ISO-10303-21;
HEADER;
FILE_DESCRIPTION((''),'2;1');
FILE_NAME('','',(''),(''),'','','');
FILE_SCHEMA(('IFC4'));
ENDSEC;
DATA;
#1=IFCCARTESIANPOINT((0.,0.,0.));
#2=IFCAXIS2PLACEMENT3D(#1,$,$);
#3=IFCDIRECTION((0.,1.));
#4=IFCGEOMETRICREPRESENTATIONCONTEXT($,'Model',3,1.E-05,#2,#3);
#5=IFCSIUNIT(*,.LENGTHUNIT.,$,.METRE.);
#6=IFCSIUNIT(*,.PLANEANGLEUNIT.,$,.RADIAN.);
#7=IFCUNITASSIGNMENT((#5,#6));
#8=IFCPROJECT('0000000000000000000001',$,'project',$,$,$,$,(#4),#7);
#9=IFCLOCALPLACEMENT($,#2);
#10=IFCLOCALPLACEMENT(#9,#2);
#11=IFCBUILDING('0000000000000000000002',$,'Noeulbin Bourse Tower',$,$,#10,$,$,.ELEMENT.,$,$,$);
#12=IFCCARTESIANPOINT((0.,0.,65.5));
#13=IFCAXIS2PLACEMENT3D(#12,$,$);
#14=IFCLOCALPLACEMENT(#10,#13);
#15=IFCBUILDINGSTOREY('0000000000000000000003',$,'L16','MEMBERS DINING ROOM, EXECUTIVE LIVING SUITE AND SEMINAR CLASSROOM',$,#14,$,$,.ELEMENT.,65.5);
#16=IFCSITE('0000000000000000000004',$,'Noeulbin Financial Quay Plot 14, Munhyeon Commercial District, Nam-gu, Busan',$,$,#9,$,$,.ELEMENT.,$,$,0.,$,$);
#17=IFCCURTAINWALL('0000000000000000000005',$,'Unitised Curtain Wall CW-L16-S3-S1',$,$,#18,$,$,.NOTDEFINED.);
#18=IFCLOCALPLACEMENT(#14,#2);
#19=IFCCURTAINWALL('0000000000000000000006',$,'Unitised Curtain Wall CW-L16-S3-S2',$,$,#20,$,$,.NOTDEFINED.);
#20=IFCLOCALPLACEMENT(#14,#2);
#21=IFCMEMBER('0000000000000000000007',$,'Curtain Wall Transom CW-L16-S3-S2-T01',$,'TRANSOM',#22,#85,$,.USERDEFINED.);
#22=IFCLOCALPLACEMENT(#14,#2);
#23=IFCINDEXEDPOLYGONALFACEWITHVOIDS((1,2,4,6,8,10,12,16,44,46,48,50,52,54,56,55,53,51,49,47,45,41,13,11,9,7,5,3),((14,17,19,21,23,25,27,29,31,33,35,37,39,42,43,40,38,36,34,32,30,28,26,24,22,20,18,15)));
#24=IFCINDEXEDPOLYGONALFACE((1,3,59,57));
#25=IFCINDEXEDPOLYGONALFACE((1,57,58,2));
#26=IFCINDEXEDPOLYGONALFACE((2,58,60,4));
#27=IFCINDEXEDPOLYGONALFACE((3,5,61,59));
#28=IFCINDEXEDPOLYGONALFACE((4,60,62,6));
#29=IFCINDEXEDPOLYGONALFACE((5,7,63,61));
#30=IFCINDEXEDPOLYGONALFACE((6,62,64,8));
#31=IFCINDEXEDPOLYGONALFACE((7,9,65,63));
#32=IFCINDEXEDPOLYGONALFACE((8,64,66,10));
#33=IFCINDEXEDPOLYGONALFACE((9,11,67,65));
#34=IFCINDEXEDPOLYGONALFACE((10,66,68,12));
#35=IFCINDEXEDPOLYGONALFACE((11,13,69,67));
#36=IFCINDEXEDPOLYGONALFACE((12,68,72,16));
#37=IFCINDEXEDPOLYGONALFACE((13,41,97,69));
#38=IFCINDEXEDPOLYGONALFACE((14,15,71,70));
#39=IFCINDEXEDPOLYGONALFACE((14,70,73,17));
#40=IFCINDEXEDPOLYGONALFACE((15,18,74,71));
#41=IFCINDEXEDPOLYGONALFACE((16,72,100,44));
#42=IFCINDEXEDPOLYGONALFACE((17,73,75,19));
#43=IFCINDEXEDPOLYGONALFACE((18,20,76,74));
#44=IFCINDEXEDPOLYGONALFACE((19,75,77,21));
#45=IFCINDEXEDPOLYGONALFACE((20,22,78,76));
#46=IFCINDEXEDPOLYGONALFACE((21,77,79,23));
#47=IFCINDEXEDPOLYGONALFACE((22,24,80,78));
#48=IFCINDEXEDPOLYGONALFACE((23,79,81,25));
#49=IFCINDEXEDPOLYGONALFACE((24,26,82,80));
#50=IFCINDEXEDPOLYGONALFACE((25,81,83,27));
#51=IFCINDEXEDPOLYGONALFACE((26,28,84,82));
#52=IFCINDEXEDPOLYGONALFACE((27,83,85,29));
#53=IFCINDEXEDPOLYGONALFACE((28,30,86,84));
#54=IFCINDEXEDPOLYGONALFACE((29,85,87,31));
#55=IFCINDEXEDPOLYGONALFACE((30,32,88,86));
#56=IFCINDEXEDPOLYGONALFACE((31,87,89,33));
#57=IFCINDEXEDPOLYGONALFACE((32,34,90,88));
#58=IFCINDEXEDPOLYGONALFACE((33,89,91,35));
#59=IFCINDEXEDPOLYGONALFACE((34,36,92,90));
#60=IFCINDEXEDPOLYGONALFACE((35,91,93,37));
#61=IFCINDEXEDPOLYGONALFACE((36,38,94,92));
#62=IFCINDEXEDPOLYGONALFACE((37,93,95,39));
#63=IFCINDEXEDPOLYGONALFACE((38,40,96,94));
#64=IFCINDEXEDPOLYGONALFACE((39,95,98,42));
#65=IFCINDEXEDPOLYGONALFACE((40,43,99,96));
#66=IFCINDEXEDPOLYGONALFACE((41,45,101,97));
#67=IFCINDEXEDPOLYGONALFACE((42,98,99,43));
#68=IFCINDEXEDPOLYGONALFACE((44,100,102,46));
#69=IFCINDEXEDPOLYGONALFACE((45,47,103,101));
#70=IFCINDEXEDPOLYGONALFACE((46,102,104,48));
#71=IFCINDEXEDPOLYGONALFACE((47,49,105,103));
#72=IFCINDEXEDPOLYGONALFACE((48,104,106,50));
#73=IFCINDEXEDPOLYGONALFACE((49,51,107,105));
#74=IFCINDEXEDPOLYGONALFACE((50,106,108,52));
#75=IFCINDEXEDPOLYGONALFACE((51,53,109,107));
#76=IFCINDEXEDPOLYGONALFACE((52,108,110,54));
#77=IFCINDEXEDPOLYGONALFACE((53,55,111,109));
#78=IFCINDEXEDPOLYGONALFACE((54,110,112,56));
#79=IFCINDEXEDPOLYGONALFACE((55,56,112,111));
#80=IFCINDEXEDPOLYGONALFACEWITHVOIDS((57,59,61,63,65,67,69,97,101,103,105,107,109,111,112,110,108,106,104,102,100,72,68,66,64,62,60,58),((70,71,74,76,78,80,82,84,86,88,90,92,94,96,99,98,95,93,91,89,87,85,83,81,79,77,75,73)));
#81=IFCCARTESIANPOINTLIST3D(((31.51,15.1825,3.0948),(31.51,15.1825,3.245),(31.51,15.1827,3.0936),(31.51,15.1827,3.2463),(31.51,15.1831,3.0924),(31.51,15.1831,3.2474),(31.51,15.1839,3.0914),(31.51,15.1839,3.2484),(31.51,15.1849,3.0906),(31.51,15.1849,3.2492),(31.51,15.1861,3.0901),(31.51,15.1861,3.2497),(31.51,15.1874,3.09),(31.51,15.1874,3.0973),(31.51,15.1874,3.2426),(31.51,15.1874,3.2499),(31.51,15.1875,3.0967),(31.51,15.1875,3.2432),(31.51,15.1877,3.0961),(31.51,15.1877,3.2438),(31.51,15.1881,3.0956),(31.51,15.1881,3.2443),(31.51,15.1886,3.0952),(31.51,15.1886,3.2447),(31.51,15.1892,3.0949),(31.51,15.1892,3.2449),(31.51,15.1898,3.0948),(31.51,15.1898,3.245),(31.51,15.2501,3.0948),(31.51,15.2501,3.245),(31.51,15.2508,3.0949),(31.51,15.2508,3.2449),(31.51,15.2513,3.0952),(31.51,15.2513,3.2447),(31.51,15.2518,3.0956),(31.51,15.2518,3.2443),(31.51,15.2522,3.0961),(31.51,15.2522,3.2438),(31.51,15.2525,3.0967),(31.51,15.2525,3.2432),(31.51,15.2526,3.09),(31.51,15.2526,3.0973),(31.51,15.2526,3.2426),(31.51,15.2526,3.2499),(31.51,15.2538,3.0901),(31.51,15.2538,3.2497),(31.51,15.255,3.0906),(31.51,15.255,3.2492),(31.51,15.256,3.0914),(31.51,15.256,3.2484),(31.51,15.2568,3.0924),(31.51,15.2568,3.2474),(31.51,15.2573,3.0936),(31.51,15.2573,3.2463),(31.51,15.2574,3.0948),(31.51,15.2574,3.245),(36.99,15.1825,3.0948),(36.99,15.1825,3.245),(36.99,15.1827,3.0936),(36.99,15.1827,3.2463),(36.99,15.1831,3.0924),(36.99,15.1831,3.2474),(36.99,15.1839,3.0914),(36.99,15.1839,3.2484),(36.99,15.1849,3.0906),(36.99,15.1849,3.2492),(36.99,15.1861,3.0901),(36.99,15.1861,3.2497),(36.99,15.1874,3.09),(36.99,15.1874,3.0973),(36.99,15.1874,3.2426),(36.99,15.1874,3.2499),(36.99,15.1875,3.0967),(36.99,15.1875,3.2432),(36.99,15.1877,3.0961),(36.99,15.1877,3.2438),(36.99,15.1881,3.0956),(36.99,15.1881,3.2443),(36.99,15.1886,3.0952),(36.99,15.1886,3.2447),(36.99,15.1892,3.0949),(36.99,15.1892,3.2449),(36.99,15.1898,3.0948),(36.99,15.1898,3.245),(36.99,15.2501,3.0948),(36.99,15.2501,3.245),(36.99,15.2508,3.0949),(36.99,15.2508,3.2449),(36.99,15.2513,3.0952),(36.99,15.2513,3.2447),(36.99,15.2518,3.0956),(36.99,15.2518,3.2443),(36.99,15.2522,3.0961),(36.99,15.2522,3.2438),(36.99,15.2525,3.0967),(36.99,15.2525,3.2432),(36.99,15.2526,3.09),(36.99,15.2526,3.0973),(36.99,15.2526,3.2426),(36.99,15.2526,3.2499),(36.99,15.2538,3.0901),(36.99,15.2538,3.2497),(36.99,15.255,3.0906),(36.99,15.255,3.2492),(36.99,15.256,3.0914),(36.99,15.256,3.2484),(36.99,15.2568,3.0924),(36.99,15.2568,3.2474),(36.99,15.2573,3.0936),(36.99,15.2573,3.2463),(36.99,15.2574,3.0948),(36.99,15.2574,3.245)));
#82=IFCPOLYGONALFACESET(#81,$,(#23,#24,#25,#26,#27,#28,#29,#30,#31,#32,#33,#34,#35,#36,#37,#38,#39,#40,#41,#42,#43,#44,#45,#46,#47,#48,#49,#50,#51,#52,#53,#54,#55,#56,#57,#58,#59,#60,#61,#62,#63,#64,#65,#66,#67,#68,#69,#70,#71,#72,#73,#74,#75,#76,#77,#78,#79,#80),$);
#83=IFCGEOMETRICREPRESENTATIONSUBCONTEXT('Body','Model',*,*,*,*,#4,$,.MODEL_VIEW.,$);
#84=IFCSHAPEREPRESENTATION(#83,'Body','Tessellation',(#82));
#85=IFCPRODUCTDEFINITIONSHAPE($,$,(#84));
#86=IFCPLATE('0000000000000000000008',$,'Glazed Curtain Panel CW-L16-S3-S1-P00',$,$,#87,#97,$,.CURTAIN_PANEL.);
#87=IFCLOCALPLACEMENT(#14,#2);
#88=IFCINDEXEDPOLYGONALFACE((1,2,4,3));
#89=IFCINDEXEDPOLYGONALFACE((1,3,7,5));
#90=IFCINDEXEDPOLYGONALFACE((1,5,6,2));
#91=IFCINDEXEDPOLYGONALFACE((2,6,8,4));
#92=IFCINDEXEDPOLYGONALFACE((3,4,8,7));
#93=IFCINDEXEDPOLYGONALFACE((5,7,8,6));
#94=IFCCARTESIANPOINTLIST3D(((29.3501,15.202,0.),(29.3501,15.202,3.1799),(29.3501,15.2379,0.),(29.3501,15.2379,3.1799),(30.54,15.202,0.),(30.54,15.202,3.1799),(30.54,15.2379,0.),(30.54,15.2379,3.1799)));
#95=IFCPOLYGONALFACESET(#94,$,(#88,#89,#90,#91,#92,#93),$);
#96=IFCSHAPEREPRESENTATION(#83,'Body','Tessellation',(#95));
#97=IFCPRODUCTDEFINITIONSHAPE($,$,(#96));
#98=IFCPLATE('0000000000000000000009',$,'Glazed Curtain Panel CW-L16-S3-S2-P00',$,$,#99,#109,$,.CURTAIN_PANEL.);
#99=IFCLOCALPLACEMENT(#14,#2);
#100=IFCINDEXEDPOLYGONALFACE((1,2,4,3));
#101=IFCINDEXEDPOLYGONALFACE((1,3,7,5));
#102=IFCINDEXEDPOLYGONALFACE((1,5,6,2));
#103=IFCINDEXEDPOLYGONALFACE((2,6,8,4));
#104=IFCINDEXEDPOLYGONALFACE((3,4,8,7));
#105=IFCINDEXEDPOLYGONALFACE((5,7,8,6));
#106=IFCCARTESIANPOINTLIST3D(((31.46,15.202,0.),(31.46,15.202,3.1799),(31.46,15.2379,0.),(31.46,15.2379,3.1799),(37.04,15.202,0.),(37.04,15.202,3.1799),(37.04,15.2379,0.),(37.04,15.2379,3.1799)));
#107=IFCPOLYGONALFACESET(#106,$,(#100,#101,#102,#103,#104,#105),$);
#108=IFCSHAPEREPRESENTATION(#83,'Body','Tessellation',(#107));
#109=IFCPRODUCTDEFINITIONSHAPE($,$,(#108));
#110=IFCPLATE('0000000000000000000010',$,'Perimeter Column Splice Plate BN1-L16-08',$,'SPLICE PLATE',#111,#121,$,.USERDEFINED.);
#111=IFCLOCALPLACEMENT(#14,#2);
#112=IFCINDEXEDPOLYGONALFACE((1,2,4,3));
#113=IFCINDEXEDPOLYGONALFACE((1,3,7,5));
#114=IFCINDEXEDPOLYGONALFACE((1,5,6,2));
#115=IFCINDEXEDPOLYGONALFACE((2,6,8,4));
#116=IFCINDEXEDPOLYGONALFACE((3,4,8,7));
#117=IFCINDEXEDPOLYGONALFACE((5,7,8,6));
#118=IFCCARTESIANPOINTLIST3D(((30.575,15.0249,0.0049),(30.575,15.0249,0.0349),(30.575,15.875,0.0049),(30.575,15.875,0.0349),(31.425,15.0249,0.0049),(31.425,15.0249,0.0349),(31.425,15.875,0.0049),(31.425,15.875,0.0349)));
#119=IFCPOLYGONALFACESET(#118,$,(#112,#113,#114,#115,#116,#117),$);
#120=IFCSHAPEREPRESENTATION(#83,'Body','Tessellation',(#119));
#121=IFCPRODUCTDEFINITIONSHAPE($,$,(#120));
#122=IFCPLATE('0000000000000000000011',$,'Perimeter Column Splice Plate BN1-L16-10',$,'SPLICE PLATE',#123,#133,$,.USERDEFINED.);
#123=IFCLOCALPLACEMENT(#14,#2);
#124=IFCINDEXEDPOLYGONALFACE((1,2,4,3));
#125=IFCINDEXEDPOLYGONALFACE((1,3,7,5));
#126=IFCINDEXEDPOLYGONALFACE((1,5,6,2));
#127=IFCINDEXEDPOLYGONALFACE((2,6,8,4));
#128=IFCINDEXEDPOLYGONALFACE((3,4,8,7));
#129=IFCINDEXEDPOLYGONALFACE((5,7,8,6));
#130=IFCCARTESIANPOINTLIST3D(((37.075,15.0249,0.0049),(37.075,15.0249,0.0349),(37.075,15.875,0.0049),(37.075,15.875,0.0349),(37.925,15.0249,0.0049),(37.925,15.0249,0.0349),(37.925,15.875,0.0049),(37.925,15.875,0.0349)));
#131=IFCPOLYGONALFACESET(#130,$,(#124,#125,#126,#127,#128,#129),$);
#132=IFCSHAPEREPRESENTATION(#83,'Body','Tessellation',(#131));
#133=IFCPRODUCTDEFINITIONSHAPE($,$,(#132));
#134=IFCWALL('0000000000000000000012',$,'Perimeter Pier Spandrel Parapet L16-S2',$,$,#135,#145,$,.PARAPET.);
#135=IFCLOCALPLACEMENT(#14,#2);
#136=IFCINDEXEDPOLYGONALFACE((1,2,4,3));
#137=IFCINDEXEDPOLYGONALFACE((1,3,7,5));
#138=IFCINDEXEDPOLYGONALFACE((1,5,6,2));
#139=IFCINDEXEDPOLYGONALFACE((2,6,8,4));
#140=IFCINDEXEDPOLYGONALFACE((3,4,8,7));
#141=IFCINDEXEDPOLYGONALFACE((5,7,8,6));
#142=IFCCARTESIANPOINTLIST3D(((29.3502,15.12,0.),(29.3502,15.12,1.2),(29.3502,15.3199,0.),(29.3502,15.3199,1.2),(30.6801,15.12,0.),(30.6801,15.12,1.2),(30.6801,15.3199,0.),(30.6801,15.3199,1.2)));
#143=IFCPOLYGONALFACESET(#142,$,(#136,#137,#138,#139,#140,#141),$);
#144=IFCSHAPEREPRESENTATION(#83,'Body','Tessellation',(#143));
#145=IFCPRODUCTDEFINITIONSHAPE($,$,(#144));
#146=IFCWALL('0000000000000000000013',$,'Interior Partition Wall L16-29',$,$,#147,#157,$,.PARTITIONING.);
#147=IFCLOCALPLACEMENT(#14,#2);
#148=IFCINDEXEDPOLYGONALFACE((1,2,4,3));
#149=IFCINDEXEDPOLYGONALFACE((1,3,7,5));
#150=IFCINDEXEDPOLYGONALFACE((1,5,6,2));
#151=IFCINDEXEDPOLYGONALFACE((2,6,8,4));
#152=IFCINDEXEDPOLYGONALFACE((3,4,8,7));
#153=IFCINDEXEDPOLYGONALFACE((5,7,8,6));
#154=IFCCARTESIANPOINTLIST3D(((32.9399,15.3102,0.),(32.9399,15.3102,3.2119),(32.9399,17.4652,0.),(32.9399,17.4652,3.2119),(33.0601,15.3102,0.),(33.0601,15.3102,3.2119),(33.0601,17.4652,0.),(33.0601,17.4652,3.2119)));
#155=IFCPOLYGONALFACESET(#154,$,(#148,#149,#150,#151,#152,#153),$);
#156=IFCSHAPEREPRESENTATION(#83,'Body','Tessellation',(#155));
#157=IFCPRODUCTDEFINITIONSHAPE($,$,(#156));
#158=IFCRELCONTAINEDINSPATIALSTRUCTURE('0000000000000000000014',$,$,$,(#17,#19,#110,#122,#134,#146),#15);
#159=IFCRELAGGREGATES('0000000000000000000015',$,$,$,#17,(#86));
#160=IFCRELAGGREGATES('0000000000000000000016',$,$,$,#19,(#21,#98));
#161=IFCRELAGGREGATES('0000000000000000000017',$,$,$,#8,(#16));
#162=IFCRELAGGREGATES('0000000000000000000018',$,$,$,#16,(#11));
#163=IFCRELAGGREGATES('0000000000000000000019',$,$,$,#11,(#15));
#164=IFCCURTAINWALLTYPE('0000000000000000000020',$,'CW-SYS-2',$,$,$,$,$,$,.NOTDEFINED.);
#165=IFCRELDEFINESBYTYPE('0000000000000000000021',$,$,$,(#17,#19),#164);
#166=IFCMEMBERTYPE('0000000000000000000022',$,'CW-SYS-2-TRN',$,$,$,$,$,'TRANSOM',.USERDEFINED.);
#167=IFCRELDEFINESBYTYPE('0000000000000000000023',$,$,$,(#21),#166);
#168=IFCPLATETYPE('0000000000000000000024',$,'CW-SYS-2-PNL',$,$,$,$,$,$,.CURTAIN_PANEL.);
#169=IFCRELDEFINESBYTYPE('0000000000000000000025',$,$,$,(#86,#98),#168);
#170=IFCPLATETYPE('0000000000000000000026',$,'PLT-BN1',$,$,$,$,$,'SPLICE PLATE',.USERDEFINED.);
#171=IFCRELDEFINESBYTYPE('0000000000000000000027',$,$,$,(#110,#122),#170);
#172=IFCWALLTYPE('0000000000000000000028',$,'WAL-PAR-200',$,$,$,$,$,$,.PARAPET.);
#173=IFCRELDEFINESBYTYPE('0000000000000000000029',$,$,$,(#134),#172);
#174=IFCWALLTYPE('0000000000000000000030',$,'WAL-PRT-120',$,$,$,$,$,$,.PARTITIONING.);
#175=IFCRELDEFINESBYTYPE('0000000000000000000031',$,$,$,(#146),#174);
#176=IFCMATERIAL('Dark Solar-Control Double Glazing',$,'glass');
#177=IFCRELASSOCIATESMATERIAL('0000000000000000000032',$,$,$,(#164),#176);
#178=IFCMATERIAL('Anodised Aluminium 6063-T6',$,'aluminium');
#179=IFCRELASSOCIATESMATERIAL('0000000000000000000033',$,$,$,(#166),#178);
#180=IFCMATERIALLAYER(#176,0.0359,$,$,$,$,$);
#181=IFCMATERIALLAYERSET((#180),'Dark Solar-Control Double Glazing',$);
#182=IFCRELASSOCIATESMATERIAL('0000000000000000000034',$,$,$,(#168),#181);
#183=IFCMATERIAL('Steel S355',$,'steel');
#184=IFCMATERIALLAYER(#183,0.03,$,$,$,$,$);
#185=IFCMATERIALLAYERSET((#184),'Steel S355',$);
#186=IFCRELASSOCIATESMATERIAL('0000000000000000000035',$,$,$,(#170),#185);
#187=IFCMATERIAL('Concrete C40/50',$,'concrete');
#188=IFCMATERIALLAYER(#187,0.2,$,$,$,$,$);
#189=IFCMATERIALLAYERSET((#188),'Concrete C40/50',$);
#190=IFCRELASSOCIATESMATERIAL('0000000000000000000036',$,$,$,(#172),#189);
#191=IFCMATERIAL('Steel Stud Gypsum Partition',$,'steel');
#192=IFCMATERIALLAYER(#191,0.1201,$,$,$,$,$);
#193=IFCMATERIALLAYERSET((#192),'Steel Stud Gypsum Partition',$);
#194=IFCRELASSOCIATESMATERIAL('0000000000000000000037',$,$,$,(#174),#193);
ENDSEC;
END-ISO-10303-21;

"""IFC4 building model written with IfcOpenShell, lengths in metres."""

from ifc_helpers import new_model, si_unit, direction, frame, frame_2d, origin, origin_2d, place, context, subcontext, project, spatial, rectangle, hollow_rectangle, extrude, material, layer, layer_set, material_profile, profile_set, type_object, element, aggregate, save


model = new_model("IFC4")

# Units and contexts
model_context = context("Model", 3, precision=1e-05, world=origin(), true_north=direction((0.0, 1.0)))
body_context = subcontext(model_context, "Body", "Model", "MODEL_VIEW")
ifc_project = project(units=[si_unit("LENGTHUNIT", "METRE"), si_unit("PLANEANGLEUNIT", "RADIAN")], contexts=[model_context])

# Site, building, storey
site_placement = place(None, origin())
site = spatial("IfcSite", under=ifc_project, at=site_placement, Name="Noeulbin Financial Quay Plot 14, Munhyeon Commercial District, Nam-gu, Busan", CompositionType="ELEMENT", RefElevation=0.0)
building_placement = place(site_placement, origin())
building = spatial("IfcBuilding", under=site, at=building_placement, Name="Noeulbin Bourse Tower", CompositionType="ELEMENT")
storey_placement = place(building_placement, frame((0.0, 0.0, 65.5)))
storey = spatial("IfcBuildingStorey", under=building, at=storey_placement, Name="L16", Description="MEMBERS DINING ROOM, EXECUTIVE LIVING SUITE AND SEMINAR CLASSROOM", CompositionType="ELEMENT", Elevation=65.5)

# Shared definitions
ifc_material_1 = material(Name="Steel S355", Category="steel")

# Curtain walls
ifc_material_2 = material(Name="Dark Solar-Control Double Glazing", Category="glass")
curtain_wall_type = type_object("IfcCurtainWallType", Name="CW-SYS-2", PredefinedType="NOTDEFINED", material=ifc_material_2)
curtain_wall_1_placement = place(storey_placement, origin())
curtain_wall_1 = element("IfcCurtainWall", 1, at=curtain_wall_1_placement, inside=storey, type_object=curtain_wall_type, Name="Unitised Curtain Wall CW-L16-S3-S1", PredefinedType="NOTDEFINED")
ifc_material_3 = material(Name="Anodised Aluminium 6063-T6", Category="aluminium")
curtain_wall_2_placement = place(storey_placement, origin())
curtain_wall_2 = element("IfcCurtainWall", 2, at=curtain_wall_2_placement, inside=storey, type_object=curtain_wall_type, Name="Unitised Curtain Wall CW-L16-S3-S2", PredefinedType="NOTDEFINED")

# Member
ifc_material_profile_1 = material_profile(ifc_material_3, hollow_rectangle(XDim=0.075, YDim=0.1599, WallThickness=0.0049, InnerFilletRadius=0.0024, OuterFilletRadius=0.0049, at=origin_2d()), Name="ALU-TRAN-75x160x5", Category="LoadBearing")
ifc_profile_set_1 = profile_set([ifc_material_profile_1], Name="Anodised Aluminium 6063-T6")
member_type_1 = type_object("IfcMemberType", Name="CW-SYS-2-TRN", ElementType="TRANSOM", PredefinedType="USERDEFINED", material=ifc_profile_set_1)
member_1_placement = place(storey_placement, frame((31.51, 15.22, 3.1699), z_axis=(1.0, 0.0, 0.0), x_axis=(0.0, 1.0, 0.0)))
member_1 = element("IfcMember", 3, at=member_1_placement, type_object=member_type_1, Name="Curtain Wall Transom CW-L16-S3-S2-T01", ObjectType="TRANSOM", PredefinedType="USERDEFINED", context=body_context, shape_type="SweptSolid", body=[
    extrude(hollow_rectangle(XDim=0.075, YDim=0.1599, WallThickness=0.0049, InnerFilletRadius=0.0024, OuterFilletRadius=0.0049, at=origin_2d()), origin(), (0.0, 0.0, 1.0), 5.48),
])

# Plates
ifc_layer_1 = layer(ifc_material_2, 0.0359)
ifc_layer_set_1 = layer_set([ifc_layer_1], Name="Dark Solar-Control Double Glazing")
plate_type_1 = type_object("IfcPlateType", Name="CW-SYS-2-PNL", PredefinedType="CURTAIN_PANEL", material=ifc_layer_set_1)
plate_1_placement = place(storey_placement, frame((29.9451, 15.22, 0.0), z_axis=(0.0, 0.0, 1.0), x_axis=(1.0, 0.0, 0.0)))
plate_1 = element("IfcPlate", 4, at=plate_1_placement, type_object=plate_type_1, Name="Glazed Curtain Panel CW-L16-S3-S1-P00", PredefinedType="CURTAIN_PANEL", context=body_context, shape_type="SweptSolid", body=[
    extrude(rectangle(XDim=1.1899, YDim=0.0359, at=origin_2d()), origin(), (0.0, 0.0, 1.0), 3.1799),
])
aggregate(curtain_wall_1, [plate_1])
plate_2_placement = place(storey_placement, frame((34.25, 15.22, 0.0), z_axis=(0.0, 0.0, 1.0), x_axis=(1.0, 0.0, 0.0)))
plate_2 = element("IfcPlate", 5, at=plate_2_placement, type_object=plate_type_1, Name="Glazed Curtain Panel CW-L16-S3-S2-P00", PredefinedType="CURTAIN_PANEL", context=body_context, shape_type="SweptSolid", body=[
    extrude(rectangle(XDim=5.5801, YDim=0.0359, at=origin_2d()), origin(), (0.0, 0.0, 1.0), 3.1799),
])
aggregate(curtain_wall_2, [member_1, plate_2])

# Plates
ifc_layer_2 = layer(ifc_material_1, 0.03)
ifc_layer_set_2 = layer_set([ifc_layer_2], Name="Steel S355")
plate_type_2 = type_object("IfcPlateType", Name="PLT-BN1", ElementType="SPLICE PLATE", PredefinedType="USERDEFINED", material=ifc_layer_set_2)
for number, where, z_axis, x_axis, name in (
    (6, (31.0, 15.45, 0.0049), (0.0, 0.0, 1.0), (1.0, 0.0, 0.0), "Perimeter Column Splice Plate BN1-L16-08"),
    (7, (37.5, 15.45, 0.0049), (0.0, 0.0, 1.0), (1.0, 0.0, 0.0), "Perimeter Column Splice Plate BN1-L16-10"),
):
    element("IfcPlate", number, at=place(storey_placement, frame(where, z_axis=z_axis, x_axis=x_axis)), inside=storey, type_object=plate_type_2, Name=name, ObjectType="SPLICE PLATE", PredefinedType="USERDEFINED", context=body_context, shape_type="SweptSolid", body=[
        extrude(rectangle(XDim=0.8501, YDim=0.8501, at=origin_2d()), origin(), (0.0, 0.0, 1.0), 0.03),
    ])

# Walls
ifc_material_4 = material(Name="Concrete C40/50", Category="concrete")
ifc_layer_3 = layer(ifc_material_4, 0.2)
ifc_layer_set_3 = layer_set([ifc_layer_3], Name="Concrete C40/50")
wall_type_1 = type_object("IfcWallType", Name="WAL-PAR-200", PredefinedType="PARAPET", material=ifc_layer_set_3)
wall_1_placement = place(storey_placement, frame((29.3501, 15.22, 0.0), z_axis=(0.0, 0.0, 1.0), x_axis=(1.0, 0.0, 0.0)))
element("IfcWall", 8, at=wall_1_placement, inside=storey, type_object=wall_type_1, Name="Perimeter Pier Spandrel Parapet L16-S2", PredefinedType="PARAPET", context=body_context, shape_type="SweptSolid", body=[
    extrude(rectangle(XDim=1.3298, YDim=0.2, at=frame_2d((0.665, 0.0))), origin(), (0.0, 0.0, 1.0), 1.2),
])
ifc_material_5 = material(Name="Steel Stud Gypsum Partition", Category="steel")
ifc_layer_4 = layer(ifc_material_5, 0.1201)
ifc_layer_set_4 = layer_set([ifc_layer_4], Name="Steel Stud Gypsum Partition")
wall_type_2 = type_object("IfcWallType", Name="WAL-PRT-120", PredefinedType="PARTITIONING", material=ifc_layer_set_4)
wall_2_placement = place(storey_placement, frame((33.0, 15.3101, 0.0), z_axis=(0.0, 0.0, 1.0), x_axis=(0.0, 1.0, 0.0)))
element("IfcWall", 9, at=wall_2_placement, inside=storey, type_object=wall_type_2, Name="Interior Partition Wall L16-29", PredefinedType="PARTITIONING", context=body_context, shape_type="SweptSolid", body=[
    extrude(rectangle(XDim=2.155, YDim=0.1201, at=frame_2d((1.0776, 0.0))), origin(), (0.0, 0.0, 1.0), 3.2119),
])

save(model, "model.ifc")
